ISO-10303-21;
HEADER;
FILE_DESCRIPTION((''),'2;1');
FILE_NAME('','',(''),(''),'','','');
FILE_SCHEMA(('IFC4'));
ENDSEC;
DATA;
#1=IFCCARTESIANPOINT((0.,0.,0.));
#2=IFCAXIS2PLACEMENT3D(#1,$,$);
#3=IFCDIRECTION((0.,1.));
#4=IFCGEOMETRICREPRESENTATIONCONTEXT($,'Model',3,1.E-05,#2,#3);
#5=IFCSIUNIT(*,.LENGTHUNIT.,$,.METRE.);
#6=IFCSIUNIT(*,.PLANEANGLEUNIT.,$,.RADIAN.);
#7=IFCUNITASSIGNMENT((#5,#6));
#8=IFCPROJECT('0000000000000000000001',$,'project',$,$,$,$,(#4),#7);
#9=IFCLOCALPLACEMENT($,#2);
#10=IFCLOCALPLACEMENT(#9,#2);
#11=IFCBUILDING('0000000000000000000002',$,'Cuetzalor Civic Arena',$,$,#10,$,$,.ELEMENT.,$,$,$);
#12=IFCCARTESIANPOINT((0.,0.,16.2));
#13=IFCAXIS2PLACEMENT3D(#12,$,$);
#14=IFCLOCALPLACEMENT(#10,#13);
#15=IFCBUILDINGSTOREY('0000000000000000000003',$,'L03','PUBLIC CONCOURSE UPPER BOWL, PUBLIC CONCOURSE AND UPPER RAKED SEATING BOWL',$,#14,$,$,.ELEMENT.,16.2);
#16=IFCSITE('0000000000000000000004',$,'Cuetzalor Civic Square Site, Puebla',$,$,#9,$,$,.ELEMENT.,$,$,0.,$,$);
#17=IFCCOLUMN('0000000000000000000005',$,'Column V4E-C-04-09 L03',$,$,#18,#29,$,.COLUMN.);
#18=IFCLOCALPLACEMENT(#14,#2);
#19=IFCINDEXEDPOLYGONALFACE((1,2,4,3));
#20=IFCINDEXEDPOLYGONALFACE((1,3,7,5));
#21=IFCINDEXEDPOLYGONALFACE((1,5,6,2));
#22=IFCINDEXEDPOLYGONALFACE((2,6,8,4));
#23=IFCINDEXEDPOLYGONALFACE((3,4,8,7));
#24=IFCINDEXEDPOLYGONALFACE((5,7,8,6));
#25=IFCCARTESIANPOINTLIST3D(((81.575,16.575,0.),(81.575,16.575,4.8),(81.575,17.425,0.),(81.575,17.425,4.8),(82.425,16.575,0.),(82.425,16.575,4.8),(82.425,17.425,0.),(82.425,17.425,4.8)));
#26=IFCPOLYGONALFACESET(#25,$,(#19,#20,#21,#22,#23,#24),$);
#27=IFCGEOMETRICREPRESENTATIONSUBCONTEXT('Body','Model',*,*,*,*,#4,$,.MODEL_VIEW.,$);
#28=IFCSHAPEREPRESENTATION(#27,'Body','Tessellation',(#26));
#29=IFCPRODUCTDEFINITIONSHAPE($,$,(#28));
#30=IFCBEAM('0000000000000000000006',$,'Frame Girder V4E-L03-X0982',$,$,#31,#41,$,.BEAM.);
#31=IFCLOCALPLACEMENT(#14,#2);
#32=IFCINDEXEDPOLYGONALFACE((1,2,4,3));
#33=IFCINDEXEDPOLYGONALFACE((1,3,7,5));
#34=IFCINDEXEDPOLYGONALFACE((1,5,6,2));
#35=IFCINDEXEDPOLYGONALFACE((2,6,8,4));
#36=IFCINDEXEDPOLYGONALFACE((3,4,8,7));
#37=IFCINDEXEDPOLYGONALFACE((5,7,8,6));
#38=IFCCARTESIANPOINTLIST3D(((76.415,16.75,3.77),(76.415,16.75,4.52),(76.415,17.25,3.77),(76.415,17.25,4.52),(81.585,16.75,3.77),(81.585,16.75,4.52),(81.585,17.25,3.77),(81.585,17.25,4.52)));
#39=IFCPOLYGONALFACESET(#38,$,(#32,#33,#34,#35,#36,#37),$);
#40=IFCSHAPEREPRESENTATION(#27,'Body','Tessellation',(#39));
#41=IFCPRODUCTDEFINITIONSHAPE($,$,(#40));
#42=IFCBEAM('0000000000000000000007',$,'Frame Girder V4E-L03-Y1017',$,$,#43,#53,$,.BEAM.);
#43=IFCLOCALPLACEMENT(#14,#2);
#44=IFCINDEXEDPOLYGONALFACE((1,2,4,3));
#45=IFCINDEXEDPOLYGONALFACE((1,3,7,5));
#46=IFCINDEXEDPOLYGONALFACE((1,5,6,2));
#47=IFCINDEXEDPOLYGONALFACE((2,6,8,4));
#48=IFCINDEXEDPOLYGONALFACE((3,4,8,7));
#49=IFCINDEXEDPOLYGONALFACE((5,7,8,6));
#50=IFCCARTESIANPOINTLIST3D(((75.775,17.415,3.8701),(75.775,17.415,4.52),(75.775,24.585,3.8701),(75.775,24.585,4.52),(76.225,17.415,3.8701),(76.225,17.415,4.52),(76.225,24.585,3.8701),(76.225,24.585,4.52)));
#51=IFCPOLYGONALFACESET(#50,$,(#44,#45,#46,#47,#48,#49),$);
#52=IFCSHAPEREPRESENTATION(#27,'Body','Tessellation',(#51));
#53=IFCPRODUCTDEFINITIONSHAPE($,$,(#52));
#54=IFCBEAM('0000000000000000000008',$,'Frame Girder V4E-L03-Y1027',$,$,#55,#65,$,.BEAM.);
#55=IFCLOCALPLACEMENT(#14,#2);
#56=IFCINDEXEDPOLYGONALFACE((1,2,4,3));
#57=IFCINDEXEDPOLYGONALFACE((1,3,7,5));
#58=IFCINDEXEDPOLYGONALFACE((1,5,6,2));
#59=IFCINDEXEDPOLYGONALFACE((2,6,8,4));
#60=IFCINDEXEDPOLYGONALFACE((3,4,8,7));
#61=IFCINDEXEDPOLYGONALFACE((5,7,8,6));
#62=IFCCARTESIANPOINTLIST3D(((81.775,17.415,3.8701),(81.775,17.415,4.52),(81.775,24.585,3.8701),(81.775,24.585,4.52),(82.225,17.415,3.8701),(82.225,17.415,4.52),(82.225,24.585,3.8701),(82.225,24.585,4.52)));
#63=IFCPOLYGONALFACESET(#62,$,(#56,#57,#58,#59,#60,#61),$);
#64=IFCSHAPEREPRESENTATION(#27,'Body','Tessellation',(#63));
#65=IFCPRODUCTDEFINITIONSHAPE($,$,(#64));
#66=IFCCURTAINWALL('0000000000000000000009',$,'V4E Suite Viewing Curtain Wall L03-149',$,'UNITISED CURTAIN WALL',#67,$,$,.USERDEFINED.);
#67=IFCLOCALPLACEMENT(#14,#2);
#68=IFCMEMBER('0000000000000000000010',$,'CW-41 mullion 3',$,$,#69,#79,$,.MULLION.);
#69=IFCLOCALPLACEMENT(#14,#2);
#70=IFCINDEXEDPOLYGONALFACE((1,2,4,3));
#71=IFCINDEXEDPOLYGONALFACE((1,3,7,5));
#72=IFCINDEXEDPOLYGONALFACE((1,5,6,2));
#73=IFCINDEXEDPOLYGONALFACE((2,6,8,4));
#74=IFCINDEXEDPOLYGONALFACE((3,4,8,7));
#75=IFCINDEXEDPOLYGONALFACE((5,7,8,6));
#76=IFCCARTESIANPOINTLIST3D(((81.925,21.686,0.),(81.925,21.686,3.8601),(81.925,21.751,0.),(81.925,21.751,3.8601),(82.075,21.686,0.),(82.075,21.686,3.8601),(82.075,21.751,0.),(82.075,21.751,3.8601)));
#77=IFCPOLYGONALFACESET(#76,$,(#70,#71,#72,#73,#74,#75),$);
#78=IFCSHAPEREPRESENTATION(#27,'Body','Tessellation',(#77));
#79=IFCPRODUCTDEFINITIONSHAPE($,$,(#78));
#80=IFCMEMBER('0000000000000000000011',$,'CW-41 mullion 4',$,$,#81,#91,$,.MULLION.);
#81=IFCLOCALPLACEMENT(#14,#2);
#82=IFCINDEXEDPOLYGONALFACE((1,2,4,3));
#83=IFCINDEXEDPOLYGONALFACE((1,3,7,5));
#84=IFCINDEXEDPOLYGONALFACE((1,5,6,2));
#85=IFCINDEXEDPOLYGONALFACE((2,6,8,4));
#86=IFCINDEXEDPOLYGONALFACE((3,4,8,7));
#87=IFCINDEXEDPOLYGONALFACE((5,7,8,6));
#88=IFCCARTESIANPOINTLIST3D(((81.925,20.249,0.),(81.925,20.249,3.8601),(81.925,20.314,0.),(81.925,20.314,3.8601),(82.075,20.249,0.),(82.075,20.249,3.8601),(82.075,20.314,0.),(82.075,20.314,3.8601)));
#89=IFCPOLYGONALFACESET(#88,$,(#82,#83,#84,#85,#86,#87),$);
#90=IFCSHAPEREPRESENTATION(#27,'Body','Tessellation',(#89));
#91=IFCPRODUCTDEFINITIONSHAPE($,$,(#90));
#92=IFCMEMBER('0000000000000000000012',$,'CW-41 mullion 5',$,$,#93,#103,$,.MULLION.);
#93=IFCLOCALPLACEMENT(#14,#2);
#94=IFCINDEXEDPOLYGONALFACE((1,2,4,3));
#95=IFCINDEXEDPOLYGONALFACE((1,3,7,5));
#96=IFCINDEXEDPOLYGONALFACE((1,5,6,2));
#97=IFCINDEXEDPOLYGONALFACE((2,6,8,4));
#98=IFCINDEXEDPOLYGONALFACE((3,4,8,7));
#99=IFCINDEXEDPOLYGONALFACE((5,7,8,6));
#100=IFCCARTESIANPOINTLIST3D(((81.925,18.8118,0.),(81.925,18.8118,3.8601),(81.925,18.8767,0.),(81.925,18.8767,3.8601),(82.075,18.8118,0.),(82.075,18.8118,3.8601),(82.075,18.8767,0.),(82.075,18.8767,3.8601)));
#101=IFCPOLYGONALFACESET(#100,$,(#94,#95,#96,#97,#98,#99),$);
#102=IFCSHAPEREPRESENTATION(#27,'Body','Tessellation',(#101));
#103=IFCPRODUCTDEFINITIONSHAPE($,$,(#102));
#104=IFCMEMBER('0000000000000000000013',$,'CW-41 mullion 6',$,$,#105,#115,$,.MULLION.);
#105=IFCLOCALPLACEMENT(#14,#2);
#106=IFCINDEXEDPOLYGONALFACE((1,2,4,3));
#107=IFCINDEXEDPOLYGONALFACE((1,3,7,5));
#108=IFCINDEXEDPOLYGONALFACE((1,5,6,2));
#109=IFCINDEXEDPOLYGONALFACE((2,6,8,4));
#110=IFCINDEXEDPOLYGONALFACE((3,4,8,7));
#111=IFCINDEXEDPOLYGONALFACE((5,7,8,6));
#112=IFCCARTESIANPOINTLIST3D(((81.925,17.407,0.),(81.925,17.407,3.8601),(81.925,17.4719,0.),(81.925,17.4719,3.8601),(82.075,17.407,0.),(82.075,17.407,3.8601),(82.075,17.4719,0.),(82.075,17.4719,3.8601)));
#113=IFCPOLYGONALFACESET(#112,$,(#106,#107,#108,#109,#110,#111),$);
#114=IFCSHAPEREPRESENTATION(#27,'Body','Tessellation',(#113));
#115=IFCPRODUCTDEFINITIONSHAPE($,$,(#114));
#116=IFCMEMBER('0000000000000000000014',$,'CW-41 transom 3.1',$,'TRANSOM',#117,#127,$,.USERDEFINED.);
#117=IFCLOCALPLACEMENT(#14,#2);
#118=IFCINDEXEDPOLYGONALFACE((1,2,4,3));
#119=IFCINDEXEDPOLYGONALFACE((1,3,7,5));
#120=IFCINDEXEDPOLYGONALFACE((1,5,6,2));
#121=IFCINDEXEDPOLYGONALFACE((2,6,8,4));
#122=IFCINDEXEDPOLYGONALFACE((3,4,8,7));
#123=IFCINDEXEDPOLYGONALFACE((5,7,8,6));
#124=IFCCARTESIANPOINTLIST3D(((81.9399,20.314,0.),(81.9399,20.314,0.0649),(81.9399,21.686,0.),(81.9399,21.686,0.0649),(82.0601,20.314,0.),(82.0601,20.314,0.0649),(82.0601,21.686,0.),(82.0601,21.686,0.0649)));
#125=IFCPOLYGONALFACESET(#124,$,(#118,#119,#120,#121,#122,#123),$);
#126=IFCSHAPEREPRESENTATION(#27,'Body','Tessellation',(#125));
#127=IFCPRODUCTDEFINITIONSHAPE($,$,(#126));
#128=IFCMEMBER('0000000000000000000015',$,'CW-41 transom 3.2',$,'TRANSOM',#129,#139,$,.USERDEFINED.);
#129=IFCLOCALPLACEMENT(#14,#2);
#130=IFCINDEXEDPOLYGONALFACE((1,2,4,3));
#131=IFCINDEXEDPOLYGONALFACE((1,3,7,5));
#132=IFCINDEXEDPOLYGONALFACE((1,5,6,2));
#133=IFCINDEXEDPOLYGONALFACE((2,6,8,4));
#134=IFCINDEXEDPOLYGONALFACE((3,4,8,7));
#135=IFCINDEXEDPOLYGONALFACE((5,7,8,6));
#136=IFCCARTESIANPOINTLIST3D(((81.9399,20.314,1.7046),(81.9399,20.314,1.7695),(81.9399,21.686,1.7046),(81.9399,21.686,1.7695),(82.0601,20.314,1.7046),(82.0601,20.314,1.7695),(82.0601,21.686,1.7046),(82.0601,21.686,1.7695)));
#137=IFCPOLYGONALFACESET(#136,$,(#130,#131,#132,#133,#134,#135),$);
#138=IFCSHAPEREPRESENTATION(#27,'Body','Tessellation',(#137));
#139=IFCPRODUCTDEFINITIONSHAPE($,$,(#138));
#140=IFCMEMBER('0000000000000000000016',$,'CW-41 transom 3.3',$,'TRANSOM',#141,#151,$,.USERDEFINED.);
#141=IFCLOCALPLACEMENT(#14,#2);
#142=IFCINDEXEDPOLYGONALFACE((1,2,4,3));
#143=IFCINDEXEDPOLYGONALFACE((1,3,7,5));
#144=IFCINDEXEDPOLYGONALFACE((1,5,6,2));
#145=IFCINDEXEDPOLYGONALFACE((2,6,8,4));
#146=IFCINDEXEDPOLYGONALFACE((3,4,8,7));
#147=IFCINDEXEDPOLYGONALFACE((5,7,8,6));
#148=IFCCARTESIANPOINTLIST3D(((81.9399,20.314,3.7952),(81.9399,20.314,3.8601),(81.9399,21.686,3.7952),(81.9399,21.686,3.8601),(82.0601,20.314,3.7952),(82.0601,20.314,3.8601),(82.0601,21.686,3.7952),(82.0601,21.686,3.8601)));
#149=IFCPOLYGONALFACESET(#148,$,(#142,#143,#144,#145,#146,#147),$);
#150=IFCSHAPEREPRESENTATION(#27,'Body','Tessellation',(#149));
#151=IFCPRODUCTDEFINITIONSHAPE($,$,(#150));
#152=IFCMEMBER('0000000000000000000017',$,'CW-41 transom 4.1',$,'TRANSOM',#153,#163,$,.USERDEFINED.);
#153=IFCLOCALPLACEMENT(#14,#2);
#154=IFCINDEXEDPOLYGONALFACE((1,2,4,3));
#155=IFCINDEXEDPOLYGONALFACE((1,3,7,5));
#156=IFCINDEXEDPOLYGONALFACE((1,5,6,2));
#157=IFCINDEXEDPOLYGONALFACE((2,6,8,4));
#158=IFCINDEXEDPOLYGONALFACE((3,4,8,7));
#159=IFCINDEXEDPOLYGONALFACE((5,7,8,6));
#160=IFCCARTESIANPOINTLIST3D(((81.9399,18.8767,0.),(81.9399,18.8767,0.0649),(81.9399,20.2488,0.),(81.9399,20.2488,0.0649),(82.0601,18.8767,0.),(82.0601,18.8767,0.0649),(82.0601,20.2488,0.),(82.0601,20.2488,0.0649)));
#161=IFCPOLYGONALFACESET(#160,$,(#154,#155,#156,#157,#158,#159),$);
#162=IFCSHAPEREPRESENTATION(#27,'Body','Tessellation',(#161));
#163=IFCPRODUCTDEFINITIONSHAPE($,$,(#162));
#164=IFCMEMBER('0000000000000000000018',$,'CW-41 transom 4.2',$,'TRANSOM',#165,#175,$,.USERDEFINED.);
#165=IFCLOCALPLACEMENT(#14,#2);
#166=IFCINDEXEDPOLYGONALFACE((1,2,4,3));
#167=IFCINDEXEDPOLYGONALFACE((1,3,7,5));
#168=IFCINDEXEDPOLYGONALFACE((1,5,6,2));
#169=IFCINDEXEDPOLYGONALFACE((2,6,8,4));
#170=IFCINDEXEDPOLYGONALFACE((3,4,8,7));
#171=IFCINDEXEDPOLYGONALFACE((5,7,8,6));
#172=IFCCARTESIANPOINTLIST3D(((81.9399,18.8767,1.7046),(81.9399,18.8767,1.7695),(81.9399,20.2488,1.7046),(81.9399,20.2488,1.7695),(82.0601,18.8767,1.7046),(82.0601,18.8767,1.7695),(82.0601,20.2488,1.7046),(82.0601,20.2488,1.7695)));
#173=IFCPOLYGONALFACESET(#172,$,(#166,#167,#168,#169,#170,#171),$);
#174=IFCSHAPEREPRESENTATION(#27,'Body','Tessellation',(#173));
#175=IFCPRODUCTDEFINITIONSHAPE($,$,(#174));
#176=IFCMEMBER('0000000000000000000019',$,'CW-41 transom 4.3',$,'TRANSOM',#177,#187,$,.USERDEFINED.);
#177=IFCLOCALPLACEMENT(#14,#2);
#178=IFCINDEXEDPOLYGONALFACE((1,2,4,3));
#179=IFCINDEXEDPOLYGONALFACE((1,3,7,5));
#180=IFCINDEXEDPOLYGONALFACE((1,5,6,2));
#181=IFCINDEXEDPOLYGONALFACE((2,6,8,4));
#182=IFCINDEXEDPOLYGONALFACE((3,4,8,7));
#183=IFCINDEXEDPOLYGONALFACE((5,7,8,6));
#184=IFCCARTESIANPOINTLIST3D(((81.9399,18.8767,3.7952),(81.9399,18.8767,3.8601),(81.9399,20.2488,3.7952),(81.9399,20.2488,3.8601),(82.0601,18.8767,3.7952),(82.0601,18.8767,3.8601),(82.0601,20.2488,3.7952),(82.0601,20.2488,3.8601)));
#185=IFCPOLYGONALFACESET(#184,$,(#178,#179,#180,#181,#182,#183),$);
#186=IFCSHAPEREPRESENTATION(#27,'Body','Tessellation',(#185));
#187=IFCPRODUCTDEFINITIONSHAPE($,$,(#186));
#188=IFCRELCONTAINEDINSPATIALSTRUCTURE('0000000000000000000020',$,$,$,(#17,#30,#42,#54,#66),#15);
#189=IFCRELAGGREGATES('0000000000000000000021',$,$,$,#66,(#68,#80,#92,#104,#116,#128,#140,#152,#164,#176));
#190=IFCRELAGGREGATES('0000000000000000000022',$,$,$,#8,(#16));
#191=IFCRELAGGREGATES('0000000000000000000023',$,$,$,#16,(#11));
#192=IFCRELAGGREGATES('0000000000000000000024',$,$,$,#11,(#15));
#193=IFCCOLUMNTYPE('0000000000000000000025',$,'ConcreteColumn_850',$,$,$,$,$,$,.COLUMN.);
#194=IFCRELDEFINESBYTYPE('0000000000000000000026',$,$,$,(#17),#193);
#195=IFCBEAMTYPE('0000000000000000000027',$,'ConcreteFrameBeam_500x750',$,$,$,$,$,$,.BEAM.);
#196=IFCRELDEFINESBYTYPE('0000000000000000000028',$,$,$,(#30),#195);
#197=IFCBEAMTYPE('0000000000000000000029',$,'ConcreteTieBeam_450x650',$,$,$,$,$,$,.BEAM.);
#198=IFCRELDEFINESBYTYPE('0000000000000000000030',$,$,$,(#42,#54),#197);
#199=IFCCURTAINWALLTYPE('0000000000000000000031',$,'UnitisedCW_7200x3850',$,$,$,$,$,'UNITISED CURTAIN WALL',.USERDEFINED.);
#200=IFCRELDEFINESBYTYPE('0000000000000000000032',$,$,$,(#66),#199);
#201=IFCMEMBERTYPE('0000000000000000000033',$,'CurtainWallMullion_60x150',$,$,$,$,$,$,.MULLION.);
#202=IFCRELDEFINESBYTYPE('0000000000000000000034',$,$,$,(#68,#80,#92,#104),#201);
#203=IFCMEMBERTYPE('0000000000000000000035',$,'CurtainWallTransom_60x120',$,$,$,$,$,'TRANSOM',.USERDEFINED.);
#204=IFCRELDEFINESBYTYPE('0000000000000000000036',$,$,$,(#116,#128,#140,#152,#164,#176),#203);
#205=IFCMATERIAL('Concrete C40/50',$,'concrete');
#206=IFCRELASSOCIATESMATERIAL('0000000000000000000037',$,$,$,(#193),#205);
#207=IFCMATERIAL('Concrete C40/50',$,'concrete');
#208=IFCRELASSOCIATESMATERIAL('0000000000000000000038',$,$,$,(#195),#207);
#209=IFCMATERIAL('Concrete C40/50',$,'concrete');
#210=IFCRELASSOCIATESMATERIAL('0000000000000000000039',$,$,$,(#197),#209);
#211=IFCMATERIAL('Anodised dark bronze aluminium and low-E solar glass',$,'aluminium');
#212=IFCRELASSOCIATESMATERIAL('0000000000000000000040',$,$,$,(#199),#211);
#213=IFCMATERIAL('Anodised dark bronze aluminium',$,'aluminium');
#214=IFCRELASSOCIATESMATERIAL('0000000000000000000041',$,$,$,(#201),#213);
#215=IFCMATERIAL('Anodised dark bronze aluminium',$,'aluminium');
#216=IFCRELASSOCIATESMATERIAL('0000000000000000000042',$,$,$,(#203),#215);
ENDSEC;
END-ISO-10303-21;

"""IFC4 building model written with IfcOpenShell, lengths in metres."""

from ifc_helpers import new_model, si_unit, direction, frame, origin, origin_2d, place, context, subcontext, project, spatial, rectangle, extrude, material, material_profile, profile_set, type_object, element, aggregate, save


model = new_model("IFC4")

# Units and contexts
model_context = context("Model", 3, precision=1e-05, world=origin(), true_north=direction((0.0, 1.0)))
body_context = subcontext(model_context, "Body", "Model", "MODEL_VIEW")
ifc_project = project(units=[si_unit("LENGTHUNIT", "METRE"), si_unit("PLANEANGLEUNIT", "RADIAN")], contexts=[model_context])

# Site, building, storey
site_placement = place(None, origin())
site = spatial("IfcSite", under=ifc_project, at=site_placement, Name="Cuetzalor Civic Square Site, Puebla", CompositionType="ELEMENT", RefElevation=0.0)
building_placement = place(site_placement, origin())
building = spatial("IfcBuilding", under=site, at=building_placement, Name="Cuetzalor Civic Arena", CompositionType="ELEMENT")
storey_placement = place(building_placement, frame((0.0, 0.0, 16.2)))
storey = spatial("IfcBuildingStorey", under=building, at=storey_placement, Name="L03", Description="PUBLIC CONCOURSE UPPER BOWL, PUBLIC CONCOURSE AND UPPER RAKED SEATING BOWL", CompositionType="ELEMENT", Elevation=16.2)

# Column
ifc_material_1 = material(Name="Concrete C40/50", Category="concrete")
ifc_material_profile_1 = material_profile(ifc_material_1, rectangle(XDim=0.8501, YDim=0.8501, at=origin_2d()), Name="RC 850x850")
ifc_profile_set_1 = profile_set([ifc_material_profile_1], Name="Concrete C40/50")
column_type = type_object("IfcColumnType", Name="ConcreteColumn_850", PredefinedType="COLUMN", material=ifc_profile_set_1)
column_placement = place(storey_placement, frame((82.0, 17.0, 0.0), z_axis=(0.0, 0.0, 1.0), x_axis=(1.0, 0.0, 0.0)))
element("IfcColumn", 1, at=column_placement, inside=storey, type_object=column_type, Name="Column V4E-C-04-09 L03", PredefinedType="COLUMN", context=body_context, shape_type="SweptSolid", body=[
    extrude(rectangle(XDim=0.8501, YDim=0.8501, at=origin_2d()), origin(), (0.0, 0.0, 1.0), 4.8),
])

# Beams
ifc_material_2 = material(Name="Concrete C40/50", Category="concrete")
ifc_material_profile_2 = material_profile(ifc_material_2, rectangle(XDim=0.5, YDim=0.75, at=origin_2d()), Name="RC 500x750")
ifc_profile_set_2 = profile_set([ifc_material_profile_2], Name="Concrete C40/50")
beam_type_1 = type_object("IfcBeamType", Name="ConcreteFrameBeam_500x750", PredefinedType="BEAM", material=ifc_profile_set_2)
beam_1_placement = place(storey_placement, frame((76.415, 17.0, 4.145), z_axis=(1.0, 0.0, 0.0), x_axis=(0.0, 1.0, 0.0)))
element("IfcBeam", 2, at=beam_1_placement, inside=storey, type_object=beam_type_1, Name="Frame Girder V4E-L03-X0982", PredefinedType="BEAM", context=body_context, shape_type="SweptSolid", body=[
    extrude(rectangle(XDim=0.5, YDim=0.75, at=origin_2d()), origin(), (0.0, 0.0, 1.0), 5.1699),
])
ifc_material_3 = material(Name="Concrete C40/50", Category="concrete")
ifc_material_profile_3 = material_profile(ifc_material_3, rectangle(XDim=0.45, YDim=0.6499, at=origin_2d()), Name="RC 450x650")
ifc_profile_set_3 = profile_set([ifc_material_profile_3], Name="Concrete C40/50")
beam_type_2 = type_object("IfcBeamType", Name="ConcreteTieBeam_450x650", PredefinedType="BEAM", material=ifc_profile_set_3)
for number, where, z_axis, x_axis, name in (
    (3, (76.0, 17.415, 4.1951), (0.0, 1.0, 0.0), (-1.0, 0.0, 0.0), "Frame Girder V4E-L03-Y1017"),
    (4, (82.0, 17.415, 4.1951), (0.0, 1.0, 0.0), (-1.0, 0.0, 0.0), "Frame Girder V4E-L03-Y1027"),
):
    element("IfcBeam", number, at=place(storey_placement, frame(where, z_axis=z_axis, x_axis=x_axis)), inside=storey, type_object=beam_type_2, Name=name, PredefinedType="BEAM", context=body_context, shape_type="SweptSolid", body=[
        extrude(rectangle(XDim=0.45, YDim=0.6499, at=origin_2d()), origin(), (0.0, 0.0, 1.0), 7.1699),
    ])

# Curtain wall, members
ifc_material_4 = material(Name="Anodised dark bronze aluminium and low-E solar glass", Category="aluminium")
curtain_wall_type = type_object("IfcCurtainWallType", Name="UnitisedCW_7200x3850", ElementType="UNITISED CURTAIN WALL", PredefinedType="USERDEFINED", material=ifc_material_4)
curtain_wall_placement = place(storey_placement, origin())
curtain_wall = element("IfcCurtainWall", 5, at=curtain_wall_placement, inside=storey, type_object=curtain_wall_type, Name="V4E Suite Viewing Curtain Wall L03-149", ObjectType="UNITISED CURTAIN WALL", PredefinedType="USERDEFINED")
ifc_material_5 = material(Name="Anodised dark bronze aluminium", Category="aluminium")
ifc_material_profile_4 = material_profile(ifc_material_5, rectangle(XDim=0.0649, YDim=0.1499, at=origin_2d()), Name="ALU MULLION 65x150")
ifc_profile_set_4 = profile_set([ifc_material_profile_4], Name="Anodised dark bronze aluminium")
member_type_1 = type_object("IfcMemberType", Name="CurtainWallMullion_60x150", PredefinedType="MULLION", material=ifc_profile_set_4)
member_1_placement = place(storey_placement, frame((82.0, 21.7185, 0.0), z_axis=(0.0, 0.0, 1.0), x_axis=(0.0, -1.0, 0.0)))
member_1 = element("IfcMember", 6, at=member_1_placement, type_object=member_type_1, Name="CW-41 mullion 3", PredefinedType="MULLION", context=body_context, shape_type="SweptSolid", body=[
    extrude(rectangle(XDim=0.0649, YDim=0.1499, at=origin_2d()), origin(), (0.0, 0.0, 1.0), 3.8601),
])
member_2_placement = place(storey_placement, frame((82.0, 20.2815, 0.0), z_axis=(0.0, 0.0, 1.0), x_axis=(0.0, -1.0, 0.0)))
member_2 = element("IfcMember", 7, at=member_2_placement, type_object=member_type_1, Name="CW-41 mullion 4", PredefinedType="MULLION", context=body_context, shape_type="SweptSolid", body=[
    extrude(rectangle(XDim=0.0649, YDim=0.1499, at=origin_2d()), origin(), (0.0, 0.0, 1.0), 3.8601),
])
member_3_placement = place(storey_placement, frame((82.0, 18.8442, 0.0), z_axis=(0.0, 0.0, 1.0), x_axis=(0.0, -1.0, 0.0)))
member_3 = element("IfcMember", 8, at=member_3_placement, type_object=member_type_1, Name="CW-41 mullion 5", PredefinedType="MULLION", context=body_context, shape_type="SweptSolid", body=[
    extrude(rectangle(XDim=0.0649, YDim=0.1499, at=origin_2d()), origin(), (0.0, 0.0, 1.0), 3.8601),
])
member_4_placement = place(storey_placement, frame((82.0, 17.4395, 0.0), z_axis=(0.0, 0.0, 1.0), x_axis=(0.0, -1.0, 0.0)))
member_4 = element("IfcMember", 9, at=member_4_placement, type_object=member_type_1, Name="CW-41 mullion 6", PredefinedType="MULLION", context=body_context, shape_type="SweptSolid", body=[
    extrude(rectangle(XDim=0.0649, YDim=0.1499, at=origin_2d()), origin(), (0.0, 0.0, 1.0), 3.8601),
])
ifc_material_6 = material(Name="Anodised dark bronze aluminium", Category="aluminium")
ifc_material_profile_5 = material_profile(ifc_material_6, rectangle(XDim=0.1201, YDim=0.0649, at=origin_2d()), Name="ALU TRANSOM 65x120")
ifc_profile_set_5 = profile_set([ifc_material_profile_5], Name="Anodised dark bronze aluminium")
member_type_2 = type_object("IfcMemberType", Name="CurtainWallTransom_60x120", ElementType="TRANSOM", PredefinedType="USERDEFINED", material=ifc_profile_set_5)
member_5_placement = place(storey_placement, frame((82.0, 21.686, 0.0325), z_axis=(0.0, -1.0, 0.0), x_axis=(1.0, 0.0, 0.0)))
member_5 = element("IfcMember", 10, at=member_5_placement, type_object=member_type_2, Name="CW-41 transom 3.1", ObjectType="TRANSOM", PredefinedType="USERDEFINED", context=body_context, shape_type="SweptSolid", body=[
    extrude(rectangle(XDim=0.1201, YDim=0.0649, at=origin_2d()), origin(), (0.0, 0.0, 1.0), 1.3721),
])
member_6_placement = place(storey_placement, frame((82.0, 21.686, 1.7371), z_axis=(0.0, -1.0, 0.0), x_axis=(1.0, 0.0, 0.0)))
member_6 = element("IfcMember", 11, at=member_6_placement, type_object=member_type_2, Name="CW-41 transom 3.2", ObjectType="TRANSOM", PredefinedType="USERDEFINED", context=body_context, shape_type="SweptSolid", body=[
    extrude(rectangle(XDim=0.1201, YDim=0.0649, at=origin_2d()), origin(), (0.0, 0.0, 1.0), 1.3721),
])
member_7_placement = place(storey_placement, frame((82.0, 21.686, 3.8276), z_axis=(0.0, -1.0, 0.0), x_axis=(1.0, 0.0, 0.0)))
member_7 = element("IfcMember", 12, at=member_7_placement, type_object=member_type_2, Name="CW-41 transom 3.3", ObjectType="TRANSOM", PredefinedType="USERDEFINED", context=body_context, shape_type="SweptSolid", body=[
    extrude(rectangle(XDim=0.1201, YDim=0.0649, at=origin_2d()), origin(), (0.0, 0.0, 1.0), 1.3721),
])
member_8_placement = place(storey_placement, frame((82.0, 20.2488, 0.0325), z_axis=(0.0, -1.0, 0.0), x_axis=(1.0, 0.0, 0.0)))
member_8 = element("IfcMember", 13, at=member_8_placement, type_object=member_type_2, Name="CW-41 transom 4.1", ObjectType="TRANSOM", PredefinedType="USERDEFINED", context=body_context, shape_type="SweptSolid", body=[
    extrude(rectangle(XDim=0.1201, YDim=0.0649, at=origin_2d()), origin(), (0.0, 0.0, 1.0), 1.3721),
])
member_9_placement = place(storey_placement, frame((82.0, 20.2488, 1.7371), z_axis=(0.0, -1.0, 0.0), x_axis=(1.0, 0.0, 0.0)))
member_9 = element("IfcMember", 14, at=member_9_placement, type_object=member_type_2, Name="CW-41 transom 4.2", ObjectType="TRANSOM", PredefinedType="USERDEFINED", context=body_context, shape_type="SweptSolid", body=[
    extrude(rectangle(XDim=0.1201, YDim=0.0649, at=origin_2d()), origin(), (0.0, 0.0, 1.0), 1.3721),
])
member_10_placement = place(storey_placement, frame((82.0, 20.2488, 3.8276), z_axis=(0.0, -1.0, 0.0), x_axis=(1.0, 0.0, 0.0)))
member_10 = element("IfcMember", 15, at=member_10_placement, type_object=member_type_2, Name="CW-41 transom 4.3", ObjectType="TRANSOM", PredefinedType="USERDEFINED", context=body_context, shape_type="SweptSolid", body=[
    extrude(rectangle(XDim=0.1201, YDim=0.0649, at=origin_2d()), origin(), (0.0, 0.0, 1.0), 1.3721),
])

aggregate(curtain_wall, [member_1, member_2, member_3, member_4, member_5, member_6, member_7, member_8, member_9, member_10])

save(model, "model.ifc")
